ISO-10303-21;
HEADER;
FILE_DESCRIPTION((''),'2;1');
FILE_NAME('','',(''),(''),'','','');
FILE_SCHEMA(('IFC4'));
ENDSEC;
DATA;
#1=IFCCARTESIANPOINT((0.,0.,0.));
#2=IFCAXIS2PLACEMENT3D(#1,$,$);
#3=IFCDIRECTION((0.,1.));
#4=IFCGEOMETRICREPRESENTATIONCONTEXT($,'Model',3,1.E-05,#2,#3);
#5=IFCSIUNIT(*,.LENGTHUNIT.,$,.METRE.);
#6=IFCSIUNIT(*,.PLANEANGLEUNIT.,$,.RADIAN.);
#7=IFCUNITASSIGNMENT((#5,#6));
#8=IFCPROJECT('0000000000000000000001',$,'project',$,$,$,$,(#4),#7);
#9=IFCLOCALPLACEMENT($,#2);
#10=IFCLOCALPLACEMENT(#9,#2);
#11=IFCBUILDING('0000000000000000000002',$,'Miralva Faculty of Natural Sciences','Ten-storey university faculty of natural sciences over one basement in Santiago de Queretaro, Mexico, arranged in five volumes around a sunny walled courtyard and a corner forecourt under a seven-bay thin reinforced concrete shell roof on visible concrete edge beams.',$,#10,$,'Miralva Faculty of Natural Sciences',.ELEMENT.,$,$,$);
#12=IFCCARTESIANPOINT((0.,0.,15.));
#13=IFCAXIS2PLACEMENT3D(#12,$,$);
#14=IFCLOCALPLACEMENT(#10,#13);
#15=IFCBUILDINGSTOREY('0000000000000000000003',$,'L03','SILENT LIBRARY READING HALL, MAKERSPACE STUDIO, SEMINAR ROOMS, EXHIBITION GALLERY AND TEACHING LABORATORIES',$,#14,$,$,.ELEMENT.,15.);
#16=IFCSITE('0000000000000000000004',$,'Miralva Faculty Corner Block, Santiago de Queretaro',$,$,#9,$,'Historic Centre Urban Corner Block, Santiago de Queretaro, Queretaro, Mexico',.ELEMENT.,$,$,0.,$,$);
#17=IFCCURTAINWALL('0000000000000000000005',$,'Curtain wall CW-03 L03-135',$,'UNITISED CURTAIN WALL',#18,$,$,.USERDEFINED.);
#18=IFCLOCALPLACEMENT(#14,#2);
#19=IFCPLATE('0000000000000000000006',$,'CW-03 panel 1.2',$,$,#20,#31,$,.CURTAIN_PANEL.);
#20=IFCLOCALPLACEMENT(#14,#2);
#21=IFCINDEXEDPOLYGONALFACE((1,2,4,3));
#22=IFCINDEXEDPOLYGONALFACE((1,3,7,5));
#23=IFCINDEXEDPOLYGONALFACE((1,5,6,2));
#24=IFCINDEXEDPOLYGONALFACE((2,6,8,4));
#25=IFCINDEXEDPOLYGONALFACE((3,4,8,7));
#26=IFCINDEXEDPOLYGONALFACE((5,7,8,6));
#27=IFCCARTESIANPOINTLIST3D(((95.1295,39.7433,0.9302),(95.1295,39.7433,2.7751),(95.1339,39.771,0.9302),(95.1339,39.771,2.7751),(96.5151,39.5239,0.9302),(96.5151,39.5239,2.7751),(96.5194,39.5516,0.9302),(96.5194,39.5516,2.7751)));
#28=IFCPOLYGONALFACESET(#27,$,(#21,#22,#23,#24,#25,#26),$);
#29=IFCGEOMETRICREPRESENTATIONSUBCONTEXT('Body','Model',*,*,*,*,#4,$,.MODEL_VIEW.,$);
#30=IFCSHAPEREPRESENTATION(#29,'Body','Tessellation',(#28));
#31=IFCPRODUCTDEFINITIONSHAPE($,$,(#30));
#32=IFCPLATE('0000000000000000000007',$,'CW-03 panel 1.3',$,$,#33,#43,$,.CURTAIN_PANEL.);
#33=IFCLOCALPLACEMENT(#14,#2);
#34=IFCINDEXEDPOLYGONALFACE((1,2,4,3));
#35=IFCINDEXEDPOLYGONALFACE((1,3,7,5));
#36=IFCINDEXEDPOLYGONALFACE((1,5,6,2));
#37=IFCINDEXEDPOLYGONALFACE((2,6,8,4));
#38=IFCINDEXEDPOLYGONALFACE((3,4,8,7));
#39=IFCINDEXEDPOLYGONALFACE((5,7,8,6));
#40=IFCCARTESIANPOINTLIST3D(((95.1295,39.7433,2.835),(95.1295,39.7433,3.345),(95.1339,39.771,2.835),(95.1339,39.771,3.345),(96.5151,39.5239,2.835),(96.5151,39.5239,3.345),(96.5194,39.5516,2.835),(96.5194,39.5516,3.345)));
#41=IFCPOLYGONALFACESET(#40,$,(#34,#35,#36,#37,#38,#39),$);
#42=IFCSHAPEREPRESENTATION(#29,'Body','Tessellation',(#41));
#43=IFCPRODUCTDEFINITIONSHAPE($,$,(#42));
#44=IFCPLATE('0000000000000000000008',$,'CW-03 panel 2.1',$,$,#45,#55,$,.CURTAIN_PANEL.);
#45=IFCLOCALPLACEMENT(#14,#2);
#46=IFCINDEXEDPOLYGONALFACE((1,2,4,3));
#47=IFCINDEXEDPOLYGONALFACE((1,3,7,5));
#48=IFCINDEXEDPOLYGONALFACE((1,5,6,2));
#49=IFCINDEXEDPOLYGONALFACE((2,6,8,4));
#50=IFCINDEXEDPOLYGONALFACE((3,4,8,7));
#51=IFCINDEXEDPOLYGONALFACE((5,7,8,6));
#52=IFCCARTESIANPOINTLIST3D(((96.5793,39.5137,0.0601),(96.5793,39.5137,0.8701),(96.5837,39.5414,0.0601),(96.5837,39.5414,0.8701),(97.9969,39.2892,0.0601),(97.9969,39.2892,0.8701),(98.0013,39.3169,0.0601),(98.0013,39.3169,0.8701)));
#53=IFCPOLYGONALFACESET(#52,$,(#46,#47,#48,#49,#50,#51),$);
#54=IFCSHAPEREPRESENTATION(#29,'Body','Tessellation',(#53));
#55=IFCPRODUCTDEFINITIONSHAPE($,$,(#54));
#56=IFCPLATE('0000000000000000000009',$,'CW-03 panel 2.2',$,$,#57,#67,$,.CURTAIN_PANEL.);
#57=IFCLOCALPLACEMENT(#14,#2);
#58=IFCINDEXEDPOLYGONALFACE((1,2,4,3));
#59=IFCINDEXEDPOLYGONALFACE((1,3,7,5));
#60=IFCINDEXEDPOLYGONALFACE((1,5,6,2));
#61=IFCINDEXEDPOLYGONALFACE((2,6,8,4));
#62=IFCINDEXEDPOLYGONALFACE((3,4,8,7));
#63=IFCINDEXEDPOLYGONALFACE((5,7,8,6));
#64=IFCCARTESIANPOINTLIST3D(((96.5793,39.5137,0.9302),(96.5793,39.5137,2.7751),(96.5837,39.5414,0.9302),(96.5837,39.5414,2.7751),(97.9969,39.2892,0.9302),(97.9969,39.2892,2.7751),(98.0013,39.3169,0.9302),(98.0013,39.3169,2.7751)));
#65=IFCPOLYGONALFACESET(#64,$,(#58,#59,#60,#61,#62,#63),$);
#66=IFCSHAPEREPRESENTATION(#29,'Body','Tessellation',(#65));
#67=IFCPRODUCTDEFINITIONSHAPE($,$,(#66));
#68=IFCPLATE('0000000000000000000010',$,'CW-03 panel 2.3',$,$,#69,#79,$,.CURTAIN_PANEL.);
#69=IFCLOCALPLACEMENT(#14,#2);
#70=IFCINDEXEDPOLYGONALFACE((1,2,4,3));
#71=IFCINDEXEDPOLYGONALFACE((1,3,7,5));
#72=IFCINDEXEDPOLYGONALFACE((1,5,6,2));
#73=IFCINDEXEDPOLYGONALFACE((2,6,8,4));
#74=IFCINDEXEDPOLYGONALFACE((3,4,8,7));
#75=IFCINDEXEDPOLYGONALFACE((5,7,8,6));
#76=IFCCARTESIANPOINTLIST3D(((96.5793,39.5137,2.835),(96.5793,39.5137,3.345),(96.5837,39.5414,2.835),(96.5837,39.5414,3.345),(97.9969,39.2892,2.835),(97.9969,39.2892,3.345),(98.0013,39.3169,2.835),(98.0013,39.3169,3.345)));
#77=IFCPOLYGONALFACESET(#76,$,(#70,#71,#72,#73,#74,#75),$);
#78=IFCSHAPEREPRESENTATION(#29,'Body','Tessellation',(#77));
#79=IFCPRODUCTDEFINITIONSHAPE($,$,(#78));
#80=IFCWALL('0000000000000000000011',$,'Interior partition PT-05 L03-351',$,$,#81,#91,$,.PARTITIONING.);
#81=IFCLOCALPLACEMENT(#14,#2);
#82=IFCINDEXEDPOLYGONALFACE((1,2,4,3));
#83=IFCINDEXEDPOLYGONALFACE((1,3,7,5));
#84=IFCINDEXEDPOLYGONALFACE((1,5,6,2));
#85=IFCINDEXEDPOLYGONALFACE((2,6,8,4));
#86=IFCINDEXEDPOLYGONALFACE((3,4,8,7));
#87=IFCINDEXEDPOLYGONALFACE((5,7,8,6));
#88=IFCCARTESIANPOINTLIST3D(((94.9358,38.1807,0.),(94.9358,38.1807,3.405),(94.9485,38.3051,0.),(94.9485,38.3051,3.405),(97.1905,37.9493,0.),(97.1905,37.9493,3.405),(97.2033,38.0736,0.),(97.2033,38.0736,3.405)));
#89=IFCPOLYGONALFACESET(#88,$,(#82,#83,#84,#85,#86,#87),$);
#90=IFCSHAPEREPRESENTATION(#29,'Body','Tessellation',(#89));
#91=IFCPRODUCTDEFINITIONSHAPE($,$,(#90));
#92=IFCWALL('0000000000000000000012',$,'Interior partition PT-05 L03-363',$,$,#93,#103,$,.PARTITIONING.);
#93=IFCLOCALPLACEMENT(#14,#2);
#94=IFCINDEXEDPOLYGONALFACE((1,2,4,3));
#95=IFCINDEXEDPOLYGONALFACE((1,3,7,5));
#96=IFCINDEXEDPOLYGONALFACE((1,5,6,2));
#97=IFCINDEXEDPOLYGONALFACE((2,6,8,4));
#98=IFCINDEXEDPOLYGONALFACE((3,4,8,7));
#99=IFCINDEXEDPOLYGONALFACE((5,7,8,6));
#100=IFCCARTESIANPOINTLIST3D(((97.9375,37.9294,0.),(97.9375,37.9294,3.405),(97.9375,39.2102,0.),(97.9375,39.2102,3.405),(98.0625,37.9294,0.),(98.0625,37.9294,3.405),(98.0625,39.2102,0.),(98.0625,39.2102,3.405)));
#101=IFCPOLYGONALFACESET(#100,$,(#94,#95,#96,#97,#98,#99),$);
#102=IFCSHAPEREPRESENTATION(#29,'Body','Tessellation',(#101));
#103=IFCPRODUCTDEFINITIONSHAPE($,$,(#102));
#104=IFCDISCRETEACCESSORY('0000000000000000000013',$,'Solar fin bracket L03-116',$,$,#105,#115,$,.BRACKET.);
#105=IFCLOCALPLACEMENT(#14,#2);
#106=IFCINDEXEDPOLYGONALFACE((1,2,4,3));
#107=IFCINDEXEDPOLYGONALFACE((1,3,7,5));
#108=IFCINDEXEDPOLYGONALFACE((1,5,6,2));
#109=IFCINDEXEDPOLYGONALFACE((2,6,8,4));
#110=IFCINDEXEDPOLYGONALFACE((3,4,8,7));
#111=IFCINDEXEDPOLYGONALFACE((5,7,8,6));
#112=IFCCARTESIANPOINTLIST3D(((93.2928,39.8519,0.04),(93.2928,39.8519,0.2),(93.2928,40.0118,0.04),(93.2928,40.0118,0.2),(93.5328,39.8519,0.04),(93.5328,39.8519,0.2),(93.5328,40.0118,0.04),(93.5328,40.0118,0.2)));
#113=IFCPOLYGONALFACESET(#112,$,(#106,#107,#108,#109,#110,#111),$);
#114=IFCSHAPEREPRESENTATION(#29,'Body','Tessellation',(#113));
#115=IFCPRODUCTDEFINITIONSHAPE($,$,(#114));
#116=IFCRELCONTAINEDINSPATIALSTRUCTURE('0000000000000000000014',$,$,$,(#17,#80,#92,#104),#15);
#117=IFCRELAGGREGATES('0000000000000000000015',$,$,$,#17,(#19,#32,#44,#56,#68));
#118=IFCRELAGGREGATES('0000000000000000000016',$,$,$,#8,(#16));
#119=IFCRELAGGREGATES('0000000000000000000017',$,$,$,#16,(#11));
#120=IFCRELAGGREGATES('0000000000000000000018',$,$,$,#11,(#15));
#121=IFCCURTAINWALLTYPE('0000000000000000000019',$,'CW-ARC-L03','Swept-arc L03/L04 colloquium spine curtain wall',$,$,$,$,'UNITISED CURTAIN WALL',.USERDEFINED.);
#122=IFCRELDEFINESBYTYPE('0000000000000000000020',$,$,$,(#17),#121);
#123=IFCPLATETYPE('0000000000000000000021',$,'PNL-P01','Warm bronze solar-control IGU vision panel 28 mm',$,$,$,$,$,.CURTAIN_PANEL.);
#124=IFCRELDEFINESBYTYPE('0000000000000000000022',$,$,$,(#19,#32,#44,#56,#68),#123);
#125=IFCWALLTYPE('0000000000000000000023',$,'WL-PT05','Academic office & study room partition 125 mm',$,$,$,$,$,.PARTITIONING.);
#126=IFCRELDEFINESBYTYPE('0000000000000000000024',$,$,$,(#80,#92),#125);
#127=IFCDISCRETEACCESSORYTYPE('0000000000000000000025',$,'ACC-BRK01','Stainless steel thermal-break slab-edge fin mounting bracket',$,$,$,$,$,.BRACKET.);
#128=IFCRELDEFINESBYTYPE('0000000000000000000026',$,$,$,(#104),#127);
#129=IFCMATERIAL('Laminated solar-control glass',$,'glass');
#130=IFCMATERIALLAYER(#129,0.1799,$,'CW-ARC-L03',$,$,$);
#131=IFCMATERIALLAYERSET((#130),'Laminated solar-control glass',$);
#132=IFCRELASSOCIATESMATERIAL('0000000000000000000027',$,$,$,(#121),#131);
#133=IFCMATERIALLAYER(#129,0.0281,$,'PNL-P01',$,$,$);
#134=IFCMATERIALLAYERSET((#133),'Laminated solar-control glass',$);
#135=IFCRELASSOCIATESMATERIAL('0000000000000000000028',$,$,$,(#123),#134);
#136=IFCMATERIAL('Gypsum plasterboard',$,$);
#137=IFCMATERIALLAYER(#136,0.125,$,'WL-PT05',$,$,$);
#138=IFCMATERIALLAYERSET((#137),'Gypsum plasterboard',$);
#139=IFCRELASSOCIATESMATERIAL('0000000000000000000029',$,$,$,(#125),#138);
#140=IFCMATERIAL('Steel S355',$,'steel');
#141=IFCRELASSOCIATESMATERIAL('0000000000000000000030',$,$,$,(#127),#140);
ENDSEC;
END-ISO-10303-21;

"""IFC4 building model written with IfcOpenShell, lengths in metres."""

from ifc_helpers import new_model, si_unit, direction, frame, frame_2d, origin, origin_2d, place, context, subcontext, project, spatial, rectangle, extrude, material, layer, layer_set, type_object, element, aggregate, save


model = new_model("IFC4")

# Units and contexts
model_context = context("Model", 3, precision=1e-05, world=origin(), true_north=direction((0.0, 1.0)))
body_context = subcontext(model_context, "Body", "Model", "MODEL_VIEW")
ifc_project = project(units=[si_unit("LENGTHUNIT", "METRE"), si_unit("PLANEANGLEUNIT", "RADIAN")], contexts=[model_context])

# Site, building, storey
site_placement = place(None, origin())
site = spatial("IfcSite", under=ifc_project, at=site_placement, Name="Miralva Faculty Corner Block, Santiago de Queretaro", LongName="Historic Centre Urban Corner Block, Santiago de Queretaro, Queretaro, Mexico", CompositionType="ELEMENT", RefElevation=0.0)
building_placement = place(site_placement, origin())
building = spatial("IfcBuilding", under=site, at=building_placement, Name="Miralva Faculty of Natural Sciences", Description="Ten-storey university faculty of natural sciences over one basement in Santiago de Queretaro, Mexico, arranged in five volumes around a sunny walled courtyard and a corner forecourt under a seven-bay thin reinforced concrete shell roof on visible concrete edge beams.", LongName="Miralva Faculty of Natural Sciences", CompositionType="ELEMENT")
storey_placement = place(building_placement, frame((0.0, 0.0, 15.0)))
storey = spatial("IfcBuildingStorey", under=building, at=storey_placement, Name="L03", Description="SILENT LIBRARY READING HALL, MAKERSPACE STUDIO, SEMINAR ROOMS, EXHIBITION GALLERY AND TEACHING LABORATORIES", CompositionType="ELEMENT", Elevation=15.0)

# Curtain wall
ifc_material_1 = material(Name="Laminated solar-control glass", Category="glass")
ifc_layer_1 = layer(ifc_material_1, 0.1799, Name="CW-ARC-L03")
ifc_layer_set_1 = layer_set([ifc_layer_1], Name="Laminated solar-control glass")
curtain_wall_type = type_object("IfcCurtainWallType", Name="CW-ARC-L03", Description="Swept-arc L03/L04 colloquium spine curtain wall", ElementType="UNITISED CURTAIN WALL", PredefinedType="USERDEFINED", material=ifc_layer_set_1)
curtain_wall_1_placement = place(storey_placement, origin())
curtain_wall_1 = element("IfcCurtainWall", 1, at=curtain_wall_1_placement, inside=storey, type_object=curtain_wall_type, Name="Curtain wall CW-03 L03-135", ObjectType="UNITISED CURTAIN WALL", PredefinedType="USERDEFINED")

# Plates
ifc_layer_2 = layer(ifc_material_1, 0.0281, Name="PNL-P01")
ifc_layer_set_2 = layer_set([ifc_layer_2], Name="Laminated solar-control glass")
plate_type = type_object("IfcPlateType", Name="PNL-P01", Description="Warm bronze solar-control IGU vision panel 28 mm", PredefinedType="CURTAIN_PANEL", material=ifc_layer_set_2)
plate_1_placement = place(storey_placement, frame((95.8245, 39.6475, 0.9302), z_axis=(0.0, 0.0, 1.0), x_axis=(0.987692, -0.15641, 0.0)))
plate_1 = element("IfcPlate", 2, at=plate_1_placement, type_object=plate_type, Name="CW-03 panel 1.2", PredefinedType="CURTAIN_PANEL", context=body_context, shape_type="SweptSolid", body=[
    extrude(rectangle(XDim=1.4028, YDim=0.0281, at=origin_2d()), origin(), (0.0, 0.0, 1.0), 1.845),
])
plate_2_placement = place(storey_placement, frame((95.8245, 39.6475, 2.835), z_axis=(0.0, 0.0, 1.0), x_axis=(0.987692, -0.15641, 0.0)))
plate_2 = element("IfcPlate", 3, at=plate_2_placement, type_object=plate_type, Name="CW-03 panel 1.3", PredefinedType="CURTAIN_PANEL", context=body_context, shape_type="SweptSolid", body=[
    extrude(rectangle(XDim=1.4028, YDim=0.0281, at=origin_2d()), origin(), (0.0, 0.0, 1.0), 0.51),
])
plate_3_placement = place(storey_placement, frame((97.2903, 39.4153, 0.0601), z_axis=(0.0, 0.0, 1.0), x_axis=(0.987692, -0.15641, 0.0)))
plate_3 = element("IfcPlate", 4, at=plate_3_placement, type_object=plate_type, Name="CW-03 panel 2.1", PredefinedType="CURTAIN_PANEL", context=body_context, shape_type="SweptSolid", body=[
    extrude(rectangle(XDim=1.4353, YDim=0.0281, at=origin_2d()), origin(), (0.0, 0.0, 1.0), 0.8101),
])
plate_4_placement = place(storey_placement, frame((97.2903, 39.4153, 0.9302), z_axis=(0.0, 0.0, 1.0), x_axis=(0.987692, -0.15641, 0.0)))
plate_4 = element("IfcPlate", 5, at=plate_4_placement, type_object=plate_type, Name="CW-03 panel 2.2", PredefinedType="CURTAIN_PANEL", context=body_context, shape_type="SweptSolid", body=[
    extrude(rectangle(XDim=1.4353, YDim=0.0281, at=origin_2d()), origin(), (0.0, 0.0, 1.0), 1.845),
])
plate_5_placement = place(storey_placement, frame((97.2903, 39.4153, 2.835), z_axis=(0.0, 0.0, 1.0), x_axis=(0.987692, -0.15641, 0.0)))
plate_5 = element("IfcPlate", 6, at=plate_5_placement, type_object=plate_type, Name="CW-03 panel 2.3", PredefinedType="CURTAIN_PANEL", context=body_context, shape_type="SweptSolid", body=[
    extrude(rectangle(XDim=1.4353, YDim=0.0281, at=origin_2d()), origin(), (0.0, 0.0, 1.0), 0.51),
])
aggregate(curtain_wall_1, [plate_1, plate_2, plate_3, plate_4, plate_5])

# Walls
ifc_material_2 = material(Name="Gypsum plasterboard")
ifc_layer_3 = layer(ifc_material_2, 0.125, Name="WL-PT05")
ifc_layer_set_3 = layer_set([ifc_layer_3], Name="Gypsum plasterboard")
wall_type = type_object("IfcWallType", Name="WL-PT05", Description="Academic office & study room partition 125 mm", PredefinedType="PARTITIONING", material=ifc_layer_set_3)
wall_1_placement = place(storey_placement, frame((94.9421, 38.2429, 0.0), z_axis=(0.0, 0.0, 1.0), x_axis=(0.994772, -0.102116, 0.0)))
element("IfcWall", 7, at=wall_1_placement, inside=storey, type_object=wall_type, Name="Interior partition PT-05 L03-351", PredefinedType="PARTITIONING", context=body_context, shape_type="SweptSolid", body=[
    extrude(rectangle(XDim=2.2666, YDim=0.125, at=frame_2d((1.1333, 0.0))), origin(), (0.0, 0.0, 1.0), 3.405),
])
wall_2_placement = place(storey_placement, frame((98.0, 37.9294, 0.0), z_axis=(0.0, 0.0, 1.0), x_axis=(0.0, 1.0, 0.0)))
element("IfcWall", 8, at=wall_2_placement, inside=storey, type_object=wall_type, Name="Interior partition PT-05 L03-363", PredefinedType="PARTITIONING", context=body_context, shape_type="SweptSolid", body=[
    extrude(rectangle(XDim=1.2808, YDim=0.125, at=frame_2d((0.6404, 0.0))), origin(), (0.0, 0.0, 1.0), 3.405),
])

# Discrete accessory
ifc_material_3 = material(Name="Steel S355", Category="steel")
discrete_accessory_type = type_object("IfcDiscreteAccessoryType", Name="ACC-BRK01", Description="Stainless steel thermal-break slab-edge fin mounting bracket", PredefinedType="BRACKET", material=ifc_material_3)
discrete_accessory_placement = place(storey_placement, frame((93.4128, 39.9319, 0.04), z_axis=(0.0, 0.0, 1.0), x_axis=(0.0, 1.0, 0.0)))
element("IfcDiscreteAccessory", 9, at=discrete_accessory_placement, inside=storey, type_object=discrete_accessory_type, Name="Solar fin bracket L03-116", PredefinedType="BRACKET", context=body_context, shape_type="SweptSolid", body=[
    extrude(rectangle(XDim=0.1599, YDim=0.24, at=origin_2d()), origin(), (0.0, 0.0, 1.0), 0.1599),
])

save(model, "model.ifc")
